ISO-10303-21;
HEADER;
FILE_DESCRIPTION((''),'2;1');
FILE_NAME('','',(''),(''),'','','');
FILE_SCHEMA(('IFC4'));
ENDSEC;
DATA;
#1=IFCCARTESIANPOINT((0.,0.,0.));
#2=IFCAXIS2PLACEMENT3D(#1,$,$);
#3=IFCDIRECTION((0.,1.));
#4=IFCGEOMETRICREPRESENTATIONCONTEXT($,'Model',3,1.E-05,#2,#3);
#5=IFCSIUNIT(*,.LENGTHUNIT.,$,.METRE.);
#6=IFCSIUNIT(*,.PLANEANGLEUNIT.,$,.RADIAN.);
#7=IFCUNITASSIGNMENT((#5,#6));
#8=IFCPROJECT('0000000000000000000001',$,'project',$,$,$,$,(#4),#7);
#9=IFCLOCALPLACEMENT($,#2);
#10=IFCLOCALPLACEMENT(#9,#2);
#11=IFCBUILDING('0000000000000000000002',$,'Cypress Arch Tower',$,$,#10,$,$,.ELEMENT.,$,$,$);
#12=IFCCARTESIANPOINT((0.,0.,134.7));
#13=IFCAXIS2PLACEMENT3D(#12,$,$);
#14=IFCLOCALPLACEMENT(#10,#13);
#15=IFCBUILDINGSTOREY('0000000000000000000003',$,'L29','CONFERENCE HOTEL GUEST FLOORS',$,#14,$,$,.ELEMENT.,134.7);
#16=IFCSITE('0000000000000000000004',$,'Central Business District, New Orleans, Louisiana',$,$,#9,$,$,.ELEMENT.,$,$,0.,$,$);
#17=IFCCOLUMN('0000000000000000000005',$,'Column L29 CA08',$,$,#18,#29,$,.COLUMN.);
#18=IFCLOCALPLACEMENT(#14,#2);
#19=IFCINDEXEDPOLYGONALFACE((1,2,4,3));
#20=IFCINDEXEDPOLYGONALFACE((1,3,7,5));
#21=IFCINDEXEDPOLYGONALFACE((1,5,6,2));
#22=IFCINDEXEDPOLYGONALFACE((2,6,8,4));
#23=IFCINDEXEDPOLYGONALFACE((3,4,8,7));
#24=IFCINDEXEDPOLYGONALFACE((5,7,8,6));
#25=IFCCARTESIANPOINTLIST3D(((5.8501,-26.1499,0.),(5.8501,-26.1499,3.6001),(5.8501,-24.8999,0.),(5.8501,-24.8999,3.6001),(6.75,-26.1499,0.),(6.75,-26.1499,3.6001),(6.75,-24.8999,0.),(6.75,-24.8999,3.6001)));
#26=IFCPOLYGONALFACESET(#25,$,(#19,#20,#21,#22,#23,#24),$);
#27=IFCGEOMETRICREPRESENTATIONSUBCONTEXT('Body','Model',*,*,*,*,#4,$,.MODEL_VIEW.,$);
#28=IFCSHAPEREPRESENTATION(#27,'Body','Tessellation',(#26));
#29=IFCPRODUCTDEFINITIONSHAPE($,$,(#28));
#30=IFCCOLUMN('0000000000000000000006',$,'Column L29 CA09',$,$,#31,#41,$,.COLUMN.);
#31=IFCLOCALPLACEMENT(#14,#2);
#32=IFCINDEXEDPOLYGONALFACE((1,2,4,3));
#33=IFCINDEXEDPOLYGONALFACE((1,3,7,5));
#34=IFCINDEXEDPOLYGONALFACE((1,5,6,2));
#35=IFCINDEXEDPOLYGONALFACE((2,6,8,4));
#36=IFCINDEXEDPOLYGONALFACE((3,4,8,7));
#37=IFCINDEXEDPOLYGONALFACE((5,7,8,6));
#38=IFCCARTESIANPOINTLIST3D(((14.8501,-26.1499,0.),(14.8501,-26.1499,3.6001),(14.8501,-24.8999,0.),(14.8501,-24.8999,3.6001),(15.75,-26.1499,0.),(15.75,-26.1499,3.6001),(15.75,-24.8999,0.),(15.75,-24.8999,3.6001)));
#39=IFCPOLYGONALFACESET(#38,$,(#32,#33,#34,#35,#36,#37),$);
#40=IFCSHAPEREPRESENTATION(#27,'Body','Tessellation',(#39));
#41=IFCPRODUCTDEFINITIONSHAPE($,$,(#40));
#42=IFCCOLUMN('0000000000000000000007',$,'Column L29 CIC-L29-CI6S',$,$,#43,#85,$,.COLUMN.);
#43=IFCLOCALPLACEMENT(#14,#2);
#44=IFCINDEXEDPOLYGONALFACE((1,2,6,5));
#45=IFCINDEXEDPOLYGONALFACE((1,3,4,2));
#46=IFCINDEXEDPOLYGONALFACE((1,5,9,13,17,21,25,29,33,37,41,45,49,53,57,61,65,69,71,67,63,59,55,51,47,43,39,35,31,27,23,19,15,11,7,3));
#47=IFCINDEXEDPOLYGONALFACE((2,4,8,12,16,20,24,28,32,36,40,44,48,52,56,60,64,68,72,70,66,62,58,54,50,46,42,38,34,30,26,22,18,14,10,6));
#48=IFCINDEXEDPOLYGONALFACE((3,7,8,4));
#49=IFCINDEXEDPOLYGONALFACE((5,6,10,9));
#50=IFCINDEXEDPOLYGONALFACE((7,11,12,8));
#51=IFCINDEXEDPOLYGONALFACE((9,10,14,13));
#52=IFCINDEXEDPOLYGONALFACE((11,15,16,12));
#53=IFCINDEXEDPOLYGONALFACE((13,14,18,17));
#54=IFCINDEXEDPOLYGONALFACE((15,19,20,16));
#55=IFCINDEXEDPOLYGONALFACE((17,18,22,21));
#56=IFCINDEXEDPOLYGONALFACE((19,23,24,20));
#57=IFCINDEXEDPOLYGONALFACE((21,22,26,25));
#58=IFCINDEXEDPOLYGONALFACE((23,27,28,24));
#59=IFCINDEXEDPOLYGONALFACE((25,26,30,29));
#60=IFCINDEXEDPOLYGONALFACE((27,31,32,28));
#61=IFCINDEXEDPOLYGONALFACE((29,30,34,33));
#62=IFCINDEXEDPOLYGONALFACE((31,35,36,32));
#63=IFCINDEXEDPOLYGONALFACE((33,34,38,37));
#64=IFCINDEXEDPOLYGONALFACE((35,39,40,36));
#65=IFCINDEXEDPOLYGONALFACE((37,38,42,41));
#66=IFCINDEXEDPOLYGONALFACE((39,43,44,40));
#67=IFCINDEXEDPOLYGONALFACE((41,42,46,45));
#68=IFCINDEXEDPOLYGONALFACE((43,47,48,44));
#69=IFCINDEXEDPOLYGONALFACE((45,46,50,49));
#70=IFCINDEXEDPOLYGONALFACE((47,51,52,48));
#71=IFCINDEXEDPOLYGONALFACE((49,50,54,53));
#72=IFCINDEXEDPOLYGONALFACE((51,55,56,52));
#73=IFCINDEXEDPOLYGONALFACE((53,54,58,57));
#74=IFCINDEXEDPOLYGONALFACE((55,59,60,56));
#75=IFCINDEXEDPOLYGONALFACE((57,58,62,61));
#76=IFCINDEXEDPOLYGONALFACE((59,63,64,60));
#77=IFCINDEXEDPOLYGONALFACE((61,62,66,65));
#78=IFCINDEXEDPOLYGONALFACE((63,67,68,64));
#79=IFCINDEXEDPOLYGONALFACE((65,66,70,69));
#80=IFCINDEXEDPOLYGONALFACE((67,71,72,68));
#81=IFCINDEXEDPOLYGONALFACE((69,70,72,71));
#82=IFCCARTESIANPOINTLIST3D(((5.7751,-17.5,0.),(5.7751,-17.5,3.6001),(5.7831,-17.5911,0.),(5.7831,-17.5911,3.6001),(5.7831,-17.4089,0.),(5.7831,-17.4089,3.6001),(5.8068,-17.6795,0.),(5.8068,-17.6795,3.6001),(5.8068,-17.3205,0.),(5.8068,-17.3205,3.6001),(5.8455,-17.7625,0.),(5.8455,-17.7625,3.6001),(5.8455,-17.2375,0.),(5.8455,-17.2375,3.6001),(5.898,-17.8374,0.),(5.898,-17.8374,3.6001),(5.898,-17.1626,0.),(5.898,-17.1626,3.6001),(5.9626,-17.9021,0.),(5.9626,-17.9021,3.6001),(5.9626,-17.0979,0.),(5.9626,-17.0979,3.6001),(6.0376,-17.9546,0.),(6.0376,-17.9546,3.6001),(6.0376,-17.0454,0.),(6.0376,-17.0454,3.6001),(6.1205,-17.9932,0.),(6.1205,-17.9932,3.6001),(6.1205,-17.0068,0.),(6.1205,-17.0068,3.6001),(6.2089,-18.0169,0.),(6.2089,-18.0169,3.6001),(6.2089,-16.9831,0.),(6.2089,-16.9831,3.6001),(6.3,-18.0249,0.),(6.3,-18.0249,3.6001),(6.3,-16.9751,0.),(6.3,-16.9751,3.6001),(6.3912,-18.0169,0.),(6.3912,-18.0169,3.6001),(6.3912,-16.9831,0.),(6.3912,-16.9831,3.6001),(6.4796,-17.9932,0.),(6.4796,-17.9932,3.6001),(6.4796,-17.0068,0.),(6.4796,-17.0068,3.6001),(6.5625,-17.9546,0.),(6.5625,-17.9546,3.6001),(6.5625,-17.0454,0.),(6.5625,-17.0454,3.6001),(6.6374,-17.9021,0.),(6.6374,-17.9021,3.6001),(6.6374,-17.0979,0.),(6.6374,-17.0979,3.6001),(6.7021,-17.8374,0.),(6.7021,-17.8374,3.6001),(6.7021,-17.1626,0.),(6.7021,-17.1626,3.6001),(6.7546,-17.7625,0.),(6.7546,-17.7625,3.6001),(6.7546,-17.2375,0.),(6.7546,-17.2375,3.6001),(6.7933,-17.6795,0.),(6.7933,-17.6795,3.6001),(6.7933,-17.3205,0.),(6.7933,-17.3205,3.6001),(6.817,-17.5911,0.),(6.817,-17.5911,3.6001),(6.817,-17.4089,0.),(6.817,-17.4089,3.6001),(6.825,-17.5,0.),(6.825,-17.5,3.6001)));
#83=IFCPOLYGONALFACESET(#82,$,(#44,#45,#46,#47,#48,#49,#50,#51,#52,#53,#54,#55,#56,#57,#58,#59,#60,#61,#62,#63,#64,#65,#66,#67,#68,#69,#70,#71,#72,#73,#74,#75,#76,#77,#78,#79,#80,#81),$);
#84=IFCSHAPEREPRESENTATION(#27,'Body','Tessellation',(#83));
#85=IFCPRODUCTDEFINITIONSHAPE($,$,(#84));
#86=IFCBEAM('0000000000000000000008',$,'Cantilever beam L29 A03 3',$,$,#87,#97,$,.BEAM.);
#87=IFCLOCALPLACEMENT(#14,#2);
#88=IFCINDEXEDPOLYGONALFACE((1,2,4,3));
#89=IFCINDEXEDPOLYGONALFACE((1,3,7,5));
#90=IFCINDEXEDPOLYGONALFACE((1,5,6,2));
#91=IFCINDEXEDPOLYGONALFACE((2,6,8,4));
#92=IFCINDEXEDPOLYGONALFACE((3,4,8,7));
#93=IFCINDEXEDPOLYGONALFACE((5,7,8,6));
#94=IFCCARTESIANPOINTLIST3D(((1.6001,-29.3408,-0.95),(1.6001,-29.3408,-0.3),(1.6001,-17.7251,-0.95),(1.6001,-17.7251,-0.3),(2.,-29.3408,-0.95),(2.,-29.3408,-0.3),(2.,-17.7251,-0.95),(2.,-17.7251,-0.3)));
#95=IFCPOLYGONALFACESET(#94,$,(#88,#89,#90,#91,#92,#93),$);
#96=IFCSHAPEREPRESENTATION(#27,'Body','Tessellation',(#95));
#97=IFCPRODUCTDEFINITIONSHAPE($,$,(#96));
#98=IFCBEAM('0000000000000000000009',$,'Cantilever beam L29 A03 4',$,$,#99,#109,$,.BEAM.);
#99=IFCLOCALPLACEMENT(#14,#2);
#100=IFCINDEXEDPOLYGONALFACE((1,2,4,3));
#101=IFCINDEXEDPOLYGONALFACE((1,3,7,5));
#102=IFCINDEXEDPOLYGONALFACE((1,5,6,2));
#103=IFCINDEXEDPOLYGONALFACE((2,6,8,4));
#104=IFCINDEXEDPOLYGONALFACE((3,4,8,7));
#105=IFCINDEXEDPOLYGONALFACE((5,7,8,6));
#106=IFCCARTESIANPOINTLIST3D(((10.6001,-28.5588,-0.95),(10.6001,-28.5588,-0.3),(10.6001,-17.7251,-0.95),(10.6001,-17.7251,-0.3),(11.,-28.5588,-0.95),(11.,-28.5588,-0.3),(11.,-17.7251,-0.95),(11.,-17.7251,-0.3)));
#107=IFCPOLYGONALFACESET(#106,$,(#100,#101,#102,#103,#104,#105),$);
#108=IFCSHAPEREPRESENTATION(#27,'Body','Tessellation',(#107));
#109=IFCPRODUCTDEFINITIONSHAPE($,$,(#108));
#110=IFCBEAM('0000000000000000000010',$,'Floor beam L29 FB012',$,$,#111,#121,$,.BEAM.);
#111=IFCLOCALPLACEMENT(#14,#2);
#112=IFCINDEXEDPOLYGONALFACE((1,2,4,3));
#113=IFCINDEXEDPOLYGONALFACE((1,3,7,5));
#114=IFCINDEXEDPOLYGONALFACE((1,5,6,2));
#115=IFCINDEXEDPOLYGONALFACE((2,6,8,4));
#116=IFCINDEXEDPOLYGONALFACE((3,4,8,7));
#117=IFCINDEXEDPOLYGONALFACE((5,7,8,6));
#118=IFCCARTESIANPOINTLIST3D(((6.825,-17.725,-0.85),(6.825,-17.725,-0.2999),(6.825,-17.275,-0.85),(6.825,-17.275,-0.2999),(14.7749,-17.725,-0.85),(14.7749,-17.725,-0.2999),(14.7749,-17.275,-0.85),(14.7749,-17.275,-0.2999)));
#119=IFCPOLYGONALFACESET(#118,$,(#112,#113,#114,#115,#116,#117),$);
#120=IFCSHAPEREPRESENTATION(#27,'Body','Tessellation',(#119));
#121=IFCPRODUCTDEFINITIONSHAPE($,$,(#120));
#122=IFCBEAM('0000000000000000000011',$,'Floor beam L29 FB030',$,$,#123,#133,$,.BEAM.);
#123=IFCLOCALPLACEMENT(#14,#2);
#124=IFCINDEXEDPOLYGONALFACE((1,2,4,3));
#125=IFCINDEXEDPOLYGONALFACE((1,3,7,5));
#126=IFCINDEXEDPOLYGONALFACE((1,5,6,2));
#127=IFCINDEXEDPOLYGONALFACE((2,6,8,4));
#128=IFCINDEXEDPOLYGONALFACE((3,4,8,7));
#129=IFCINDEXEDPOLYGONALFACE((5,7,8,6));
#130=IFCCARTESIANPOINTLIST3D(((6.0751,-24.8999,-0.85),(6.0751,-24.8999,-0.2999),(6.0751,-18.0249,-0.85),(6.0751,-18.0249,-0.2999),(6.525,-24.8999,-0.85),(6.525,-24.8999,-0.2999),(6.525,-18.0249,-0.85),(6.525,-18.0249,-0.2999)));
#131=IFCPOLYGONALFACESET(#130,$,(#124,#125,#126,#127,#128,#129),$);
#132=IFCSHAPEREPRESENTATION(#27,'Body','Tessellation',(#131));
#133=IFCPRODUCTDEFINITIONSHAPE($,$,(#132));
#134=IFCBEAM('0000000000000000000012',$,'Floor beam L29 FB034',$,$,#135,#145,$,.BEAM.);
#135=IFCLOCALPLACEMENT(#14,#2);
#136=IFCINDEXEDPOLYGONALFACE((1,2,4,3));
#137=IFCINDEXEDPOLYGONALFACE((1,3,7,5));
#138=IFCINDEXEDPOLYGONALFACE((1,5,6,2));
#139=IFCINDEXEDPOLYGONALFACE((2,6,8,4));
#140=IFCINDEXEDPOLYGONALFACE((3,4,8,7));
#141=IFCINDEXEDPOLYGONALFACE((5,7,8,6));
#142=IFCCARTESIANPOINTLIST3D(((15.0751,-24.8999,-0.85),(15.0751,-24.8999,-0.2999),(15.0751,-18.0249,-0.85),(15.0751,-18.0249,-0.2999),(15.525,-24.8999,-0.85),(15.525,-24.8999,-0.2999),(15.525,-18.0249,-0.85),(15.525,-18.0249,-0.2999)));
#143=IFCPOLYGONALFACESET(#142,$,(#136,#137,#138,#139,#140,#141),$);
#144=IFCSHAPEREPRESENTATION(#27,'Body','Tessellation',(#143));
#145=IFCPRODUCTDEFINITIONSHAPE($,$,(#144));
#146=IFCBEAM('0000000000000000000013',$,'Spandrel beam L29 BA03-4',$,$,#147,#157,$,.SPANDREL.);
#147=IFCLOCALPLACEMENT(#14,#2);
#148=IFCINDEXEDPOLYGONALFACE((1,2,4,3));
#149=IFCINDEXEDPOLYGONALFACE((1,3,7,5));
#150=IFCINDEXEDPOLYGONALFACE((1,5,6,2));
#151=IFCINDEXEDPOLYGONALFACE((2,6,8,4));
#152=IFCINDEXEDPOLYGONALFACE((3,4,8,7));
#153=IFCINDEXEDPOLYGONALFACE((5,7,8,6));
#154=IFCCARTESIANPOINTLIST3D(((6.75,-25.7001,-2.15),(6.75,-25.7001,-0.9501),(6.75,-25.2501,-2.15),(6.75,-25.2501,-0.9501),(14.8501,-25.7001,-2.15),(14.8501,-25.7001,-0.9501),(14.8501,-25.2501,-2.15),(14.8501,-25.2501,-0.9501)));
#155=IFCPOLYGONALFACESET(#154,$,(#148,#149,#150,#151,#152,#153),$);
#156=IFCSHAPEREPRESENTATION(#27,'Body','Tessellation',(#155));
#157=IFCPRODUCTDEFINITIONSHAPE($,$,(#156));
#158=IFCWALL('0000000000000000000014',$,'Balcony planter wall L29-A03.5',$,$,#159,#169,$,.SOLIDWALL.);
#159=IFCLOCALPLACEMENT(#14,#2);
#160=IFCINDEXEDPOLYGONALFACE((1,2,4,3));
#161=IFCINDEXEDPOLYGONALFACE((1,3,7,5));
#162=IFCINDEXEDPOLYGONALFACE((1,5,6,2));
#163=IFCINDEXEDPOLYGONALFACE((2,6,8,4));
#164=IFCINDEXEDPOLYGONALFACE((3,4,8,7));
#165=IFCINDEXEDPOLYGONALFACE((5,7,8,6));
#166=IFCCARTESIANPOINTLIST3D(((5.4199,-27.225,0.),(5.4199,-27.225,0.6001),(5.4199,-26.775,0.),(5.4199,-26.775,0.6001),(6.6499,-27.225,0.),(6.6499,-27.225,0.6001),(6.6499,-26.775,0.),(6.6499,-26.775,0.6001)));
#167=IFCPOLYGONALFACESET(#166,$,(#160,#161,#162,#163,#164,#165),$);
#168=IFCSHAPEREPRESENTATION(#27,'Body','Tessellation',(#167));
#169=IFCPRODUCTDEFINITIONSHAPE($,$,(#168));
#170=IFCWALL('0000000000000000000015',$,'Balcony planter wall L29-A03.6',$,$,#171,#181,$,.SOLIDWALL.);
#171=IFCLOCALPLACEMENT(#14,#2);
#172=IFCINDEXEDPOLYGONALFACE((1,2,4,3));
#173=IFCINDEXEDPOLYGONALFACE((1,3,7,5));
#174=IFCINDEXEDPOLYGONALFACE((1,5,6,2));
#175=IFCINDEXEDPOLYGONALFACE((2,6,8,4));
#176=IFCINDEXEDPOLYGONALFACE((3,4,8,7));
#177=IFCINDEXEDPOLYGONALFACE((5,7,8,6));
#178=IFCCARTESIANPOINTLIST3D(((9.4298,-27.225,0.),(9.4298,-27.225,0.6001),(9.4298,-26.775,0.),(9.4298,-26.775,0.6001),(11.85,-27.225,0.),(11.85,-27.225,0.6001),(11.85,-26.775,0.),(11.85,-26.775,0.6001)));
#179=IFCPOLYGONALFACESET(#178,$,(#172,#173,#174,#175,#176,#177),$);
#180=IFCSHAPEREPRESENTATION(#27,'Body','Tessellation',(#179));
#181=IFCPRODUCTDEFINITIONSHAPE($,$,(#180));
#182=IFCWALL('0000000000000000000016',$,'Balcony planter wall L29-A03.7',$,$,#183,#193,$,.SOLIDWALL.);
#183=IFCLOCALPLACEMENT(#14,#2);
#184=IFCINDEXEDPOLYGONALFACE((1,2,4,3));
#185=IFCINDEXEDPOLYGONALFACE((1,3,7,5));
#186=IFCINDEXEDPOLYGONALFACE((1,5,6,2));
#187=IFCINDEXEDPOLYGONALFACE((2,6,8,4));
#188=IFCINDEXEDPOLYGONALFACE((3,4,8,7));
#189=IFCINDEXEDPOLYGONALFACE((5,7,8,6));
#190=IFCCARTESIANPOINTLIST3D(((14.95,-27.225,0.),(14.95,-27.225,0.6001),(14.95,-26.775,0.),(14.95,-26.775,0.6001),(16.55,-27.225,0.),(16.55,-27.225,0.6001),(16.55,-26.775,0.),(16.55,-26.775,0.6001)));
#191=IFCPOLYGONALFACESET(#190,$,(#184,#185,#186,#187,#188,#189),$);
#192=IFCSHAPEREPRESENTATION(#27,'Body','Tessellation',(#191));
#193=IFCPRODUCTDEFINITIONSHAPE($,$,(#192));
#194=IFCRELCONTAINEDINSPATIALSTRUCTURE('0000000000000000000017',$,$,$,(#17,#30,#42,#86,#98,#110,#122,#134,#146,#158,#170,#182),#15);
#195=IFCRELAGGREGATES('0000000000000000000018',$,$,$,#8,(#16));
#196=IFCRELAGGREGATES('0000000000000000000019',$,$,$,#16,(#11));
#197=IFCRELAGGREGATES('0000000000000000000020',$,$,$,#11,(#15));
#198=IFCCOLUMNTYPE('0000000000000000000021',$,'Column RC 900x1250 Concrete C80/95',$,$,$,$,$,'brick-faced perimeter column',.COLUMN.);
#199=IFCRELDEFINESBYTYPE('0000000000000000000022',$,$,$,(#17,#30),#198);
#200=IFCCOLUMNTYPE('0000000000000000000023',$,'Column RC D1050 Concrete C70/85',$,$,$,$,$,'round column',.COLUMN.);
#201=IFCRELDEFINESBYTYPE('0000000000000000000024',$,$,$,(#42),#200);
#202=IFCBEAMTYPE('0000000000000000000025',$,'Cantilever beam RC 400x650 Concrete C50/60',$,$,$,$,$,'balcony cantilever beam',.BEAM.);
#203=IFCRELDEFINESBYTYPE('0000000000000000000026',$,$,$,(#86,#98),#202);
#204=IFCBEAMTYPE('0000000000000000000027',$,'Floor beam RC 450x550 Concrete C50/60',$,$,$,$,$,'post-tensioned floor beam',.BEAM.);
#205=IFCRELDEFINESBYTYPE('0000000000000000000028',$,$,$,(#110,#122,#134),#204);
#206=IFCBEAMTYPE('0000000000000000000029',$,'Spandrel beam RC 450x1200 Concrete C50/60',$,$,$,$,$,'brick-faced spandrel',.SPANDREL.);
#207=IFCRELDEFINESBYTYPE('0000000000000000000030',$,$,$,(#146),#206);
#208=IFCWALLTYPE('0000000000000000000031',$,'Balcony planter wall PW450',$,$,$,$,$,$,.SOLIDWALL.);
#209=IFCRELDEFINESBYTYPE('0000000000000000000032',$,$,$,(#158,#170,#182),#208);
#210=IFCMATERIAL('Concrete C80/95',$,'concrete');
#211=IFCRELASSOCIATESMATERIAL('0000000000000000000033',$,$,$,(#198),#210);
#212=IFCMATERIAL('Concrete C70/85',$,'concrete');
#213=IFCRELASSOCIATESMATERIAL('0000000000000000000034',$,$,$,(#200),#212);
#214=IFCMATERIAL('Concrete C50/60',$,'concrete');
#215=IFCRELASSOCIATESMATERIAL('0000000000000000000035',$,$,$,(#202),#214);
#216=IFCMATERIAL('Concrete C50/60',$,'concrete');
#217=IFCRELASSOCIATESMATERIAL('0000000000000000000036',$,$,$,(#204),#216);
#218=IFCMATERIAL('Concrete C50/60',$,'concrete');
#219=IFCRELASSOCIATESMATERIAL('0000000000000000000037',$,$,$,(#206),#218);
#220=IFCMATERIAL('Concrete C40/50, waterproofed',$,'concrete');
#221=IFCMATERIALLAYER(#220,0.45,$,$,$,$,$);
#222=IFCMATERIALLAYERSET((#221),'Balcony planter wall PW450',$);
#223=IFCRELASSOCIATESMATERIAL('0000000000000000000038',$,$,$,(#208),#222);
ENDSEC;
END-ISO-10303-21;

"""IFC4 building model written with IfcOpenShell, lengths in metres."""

from ifc_helpers import new_model, si_unit, direction, frame, frame_2d, origin, origin_2d, place, context, subcontext, project, spatial, rectangle, circle, extrude, material, layer, layer_set, material_profile, profile_set, type_object, element, save


model = new_model("IFC4")

# Units and contexts
model_context = context("Model", 3, precision=1e-05, world=origin(), true_north=direction((0.0, 1.0)))
body_context = subcontext(model_context, "Body", "Model", "MODEL_VIEW")
ifc_project = project(units=[si_unit("LENGTHUNIT", "METRE"), si_unit("PLANEANGLEUNIT", "RADIAN")], contexts=[model_context])

# Site, building, storey
site_placement = place(None, origin())
site = spatial("IfcSite", under=ifc_project, at=site_placement, Name="Central Business District, New Orleans, Louisiana", CompositionType="ELEMENT", RefElevation=0.0)
building_placement = place(site_placement, origin())
building = spatial("IfcBuilding", under=site, at=building_placement, Name="Cypress Arch Tower", CompositionType="ELEMENT")
storey_placement = place(building_placement, frame((0.0, 0.0, 134.7)))
storey = spatial("IfcBuildingStorey", under=building, at=storey_placement, Name="L29", Description="CONFERENCE HOTEL GUEST FLOORS", CompositionType="ELEMENT", Elevation=134.7)

# Columns
ifc_material_1 = material(Name="Concrete C80/95", Category="concrete")
ifc_material_profile_1 = material_profile(ifc_material_1, rectangle(XDim=0.8999, YDim=1.25, at=origin_2d()), Name="RC 900x1250")
ifc_profile_set_1 = profile_set([ifc_material_profile_1], Name="Concrete C80/95")
column_type_1 = type_object("IfcColumnType", Name="Column RC 900x1250 Concrete C80/95", ElementType="brick-faced perimeter column", PredefinedType="COLUMN", material=ifc_profile_set_1)
for number, where, z_axis, x_axis, name in (
    (1, (6.3, -25.5249, 0.0), (0.0, 0.0, 1.0), (1.0, 0.0, 0.0), "Column L29 CA08"),
    (2, (15.3, -25.5249, 0.0), (0.0, 0.0, 1.0), (1.0, 0.0, 0.0), "Column L29 CA09"),
):
    element("IfcColumn", number, at=place(storey_placement, frame(where, z_axis=z_axis, x_axis=x_axis)), inside=storey, type_object=column_type_1, Name=name, PredefinedType="COLUMN", context=body_context, shape_type="SweptSolid", body=[
        extrude(rectangle(XDim=0.8999, YDim=1.25, at=origin_2d()), origin(), (0.0, 0.0, 1.0), 3.6001),
    ])
ifc_material_2 = material(Name="Concrete C70/85", Category="concrete")
ifc_material_profile_2 = material_profile(ifc_material_2, circle(Radius=0.5249, at=origin_2d()), Name="RC D1050")
ifc_profile_set_2 = profile_set([ifc_material_profile_2], Name="Concrete C70/85")
column_type_2 = type_object("IfcColumnType", Name="Column RC D1050 Concrete C70/85", ElementType="round column", PredefinedType="COLUMN", material=ifc_profile_set_2)
column_placement = place(storey_placement, frame((6.3, -17.5, 0.0), z_axis=(0.0, 0.0, 1.0), x_axis=(1.0, 0.0, 0.0)))
element("IfcColumn", 3, at=column_placement, inside=storey, type_object=column_type_2, Name="Column L29 CIC-L29-CI6S", PredefinedType="COLUMN", context=body_context, shape_type="SweptSolid", body=[
    extrude(circle(Radius=0.5249, at=origin_2d()), origin(), (0.0, 0.0, 1.0), 3.6001),
])

# Beams
ifc_material_3 = material(Name="Concrete C50/60", Category="concrete")
ifc_material_profile_3 = material_profile(ifc_material_3, rectangle(XDim=0.3999, YDim=0.6499, at=origin_2d()), Name="RC 400x650")
ifc_profile_set_3 = profile_set([ifc_material_profile_3], Name="Concrete C50/60")
beam_type_1 = type_object("IfcBeamType", Name="Cantilever beam RC 400x650 Concrete C50/60", ElementType="balcony cantilever beam", PredefinedType="BEAM", material=ifc_profile_set_3)
beam_1_placement = place(storey_placement, frame((1.8, -17.7251, -0.625), z_axis=(0.0, -1.0, 0.0), x_axis=(1.0, 0.0, 0.0)))
element("IfcBeam", 4, at=beam_1_placement, inside=storey, type_object=beam_type_1, Name="Cantilever beam L29 A03 3", PredefinedType="BEAM", context=body_context, shape_type="SweptSolid", body=[
    extrude(rectangle(XDim=0.3999, YDim=0.6499, at=origin_2d()), origin(), (0.0, 0.0, 1.0), 11.6157),
])
beam_2_placement = place(storey_placement, frame((10.8, -17.7251, -0.625), z_axis=(0.0, -1.0, 0.0), x_axis=(1.0, 0.0, 0.0)))
element("IfcBeam", 5, at=beam_2_placement, inside=storey, type_object=beam_type_1, Name="Cantilever beam L29 A03 4", PredefinedType="BEAM", context=body_context, shape_type="SweptSolid", body=[
    extrude(rectangle(XDim=0.3999, YDim=0.6499, at=origin_2d()), origin(), (0.0, 0.0, 1.0), 10.8337),
])
ifc_material_4 = material(Name="Concrete C50/60", Category="concrete")
ifc_material_profile_4 = material_profile(ifc_material_4, rectangle(XDim=0.45, YDim=0.55, at=origin_2d()), Name="RC 450x550")
ifc_profile_set_4 = profile_set([ifc_material_profile_4], Name="Concrete C50/60")
beam_type_2 = type_object("IfcBeamType", Name="Floor beam RC 450x550 Concrete C50/60", ElementType="post-tensioned floor beam", PredefinedType="BEAM", material=ifc_profile_set_4)
beam_3_placement = place(storey_placement, frame((6.825, -17.5, -0.575), z_axis=(1.0, 0.0, 0.0), x_axis=(0.0, 1.0, 0.0)))
element("IfcBeam", 6, at=beam_3_placement, inside=storey, type_object=beam_type_2, Name="Floor beam L29 FB012", PredefinedType="BEAM", context=body_context, shape_type="SweptSolid", body=[
    extrude(rectangle(XDim=0.45, YDim=0.55, at=origin_2d()), origin(), (0.0, 0.0, 1.0), 7.95),
])
for number, where, z_axis, x_axis, name in (
    (7, (6.3, -24.8999, -0.575), (0.0, 1.0, 0.0), (-1.0, 0.0, 0.0), "Floor beam L29 FB030"),
    (8, (15.3, -24.8999, -0.575), (0.0, 1.0, 0.0), (-1.0, 0.0, 0.0), "Floor beam L29 FB034"),
):
    element("IfcBeam", number, at=place(storey_placement, frame(where, z_axis=z_axis, x_axis=x_axis)), inside=storey, type_object=beam_type_2, Name=name, PredefinedType="BEAM", context=body_context, shape_type="SweptSolid", body=[
        extrude(rectangle(XDim=0.45, YDim=0.55, at=origin_2d()), origin(), (0.0, 0.0, 1.0), 6.875),
    ])
ifc_material_5 = material(Name="Concrete C50/60", Category="concrete")
ifc_material_profile_5 = material_profile(ifc_material_5, rectangle(XDim=0.45, YDim=1.2, at=origin_2d()), Name="RC 450x1200")
ifc_profile_set_5 = profile_set([ifc_material_profile_5], Name="Concrete C50/60")
beam_type_3 = type_object("IfcBeamType", Name="Spandrel beam RC 450x1200 Concrete C50/60", ElementType="brick-faced spandrel", PredefinedType="SPANDREL", material=ifc_profile_set_5)
beam_4_placement = place(storey_placement, frame((6.75, -25.4751, -1.55), z_axis=(1.0, 0.0, 0.0), x_axis=(0.0, 1.0, 0.0)))
element("IfcBeam", 9, at=beam_4_placement, inside=storey, type_object=beam_type_3, Name="Spandrel beam L29 BA03-4", PredefinedType="SPANDREL", context=body_context, shape_type="SweptSolid", body=[
    extrude(rectangle(XDim=0.45, YDim=1.2, at=origin_2d()), origin(), (0.0, 0.0, 1.0), 8.1001),
])

# Walls
ifc_material_6 = material(Name="Concrete C40/50, waterproofed", Category="concrete")
ifc_layer_1 = layer(ifc_material_6, 0.45)
ifc_layer_set_1 = layer_set([ifc_layer_1], Name="Balcony planter wall PW450")
wall_type_1 = type_object("IfcWallType", Name="Balcony planter wall PW450", PredefinedType="SOLIDWALL", material=ifc_layer_set_1)
wall_1_placement = place(storey_placement, frame((5.4199, -27.0, 0.0), z_axis=(0.0, 0.0, 1.0), x_axis=(1.0, 0.0, 0.0)))
element("IfcWall", 10, at=wall_1_placement, inside=storey, type_object=wall_type_1, Name="Balcony planter wall L29-A03.5", PredefinedType="SOLIDWALL", context=body_context, shape_type="SweptSolid", body=[
    extrude(rectangle(XDim=1.23, YDim=0.45, at=frame_2d((0.615, 0.0))), origin(), (0.0, 0.0, 1.0), 0.6001),
])
wall_2_placement = place(storey_placement, frame((9.4299, -27.0, 0.0), z_axis=(0.0, 0.0, 1.0), x_axis=(1.0, 0.0, 0.0)))
element("IfcWall", 11, at=wall_2_placement, inside=storey, type_object=wall_type_1, Name="Balcony planter wall L29-A03.6", PredefinedType="SOLIDWALL", context=body_context, shape_type="SweptSolid", body=[
    extrude(rectangle(XDim=2.4202, YDim=0.45, at=frame_2d((1.21, 0.0))), origin(), (0.0, 0.0, 1.0), 0.6001),
])
wall_3_placement = place(storey_placement, frame((14.95, -27.0, 0.0), z_axis=(0.0, 0.0, 1.0), x_axis=(1.0, 0.0, 0.0)))
element("IfcWall", 12, at=wall_3_placement, inside=storey, type_object=wall_type_1, Name="Balcony planter wall L29-A03.7", PredefinedType="SOLIDWALL", context=body_context, shape_type="SweptSolid", body=[
    extrude(rectangle(XDim=1.6001, YDim=0.45, at=frame_2d((0.8, 0.0))), origin(), (0.0, 0.0, 1.0), 0.6001),
])

save(model, "model.ifc")
